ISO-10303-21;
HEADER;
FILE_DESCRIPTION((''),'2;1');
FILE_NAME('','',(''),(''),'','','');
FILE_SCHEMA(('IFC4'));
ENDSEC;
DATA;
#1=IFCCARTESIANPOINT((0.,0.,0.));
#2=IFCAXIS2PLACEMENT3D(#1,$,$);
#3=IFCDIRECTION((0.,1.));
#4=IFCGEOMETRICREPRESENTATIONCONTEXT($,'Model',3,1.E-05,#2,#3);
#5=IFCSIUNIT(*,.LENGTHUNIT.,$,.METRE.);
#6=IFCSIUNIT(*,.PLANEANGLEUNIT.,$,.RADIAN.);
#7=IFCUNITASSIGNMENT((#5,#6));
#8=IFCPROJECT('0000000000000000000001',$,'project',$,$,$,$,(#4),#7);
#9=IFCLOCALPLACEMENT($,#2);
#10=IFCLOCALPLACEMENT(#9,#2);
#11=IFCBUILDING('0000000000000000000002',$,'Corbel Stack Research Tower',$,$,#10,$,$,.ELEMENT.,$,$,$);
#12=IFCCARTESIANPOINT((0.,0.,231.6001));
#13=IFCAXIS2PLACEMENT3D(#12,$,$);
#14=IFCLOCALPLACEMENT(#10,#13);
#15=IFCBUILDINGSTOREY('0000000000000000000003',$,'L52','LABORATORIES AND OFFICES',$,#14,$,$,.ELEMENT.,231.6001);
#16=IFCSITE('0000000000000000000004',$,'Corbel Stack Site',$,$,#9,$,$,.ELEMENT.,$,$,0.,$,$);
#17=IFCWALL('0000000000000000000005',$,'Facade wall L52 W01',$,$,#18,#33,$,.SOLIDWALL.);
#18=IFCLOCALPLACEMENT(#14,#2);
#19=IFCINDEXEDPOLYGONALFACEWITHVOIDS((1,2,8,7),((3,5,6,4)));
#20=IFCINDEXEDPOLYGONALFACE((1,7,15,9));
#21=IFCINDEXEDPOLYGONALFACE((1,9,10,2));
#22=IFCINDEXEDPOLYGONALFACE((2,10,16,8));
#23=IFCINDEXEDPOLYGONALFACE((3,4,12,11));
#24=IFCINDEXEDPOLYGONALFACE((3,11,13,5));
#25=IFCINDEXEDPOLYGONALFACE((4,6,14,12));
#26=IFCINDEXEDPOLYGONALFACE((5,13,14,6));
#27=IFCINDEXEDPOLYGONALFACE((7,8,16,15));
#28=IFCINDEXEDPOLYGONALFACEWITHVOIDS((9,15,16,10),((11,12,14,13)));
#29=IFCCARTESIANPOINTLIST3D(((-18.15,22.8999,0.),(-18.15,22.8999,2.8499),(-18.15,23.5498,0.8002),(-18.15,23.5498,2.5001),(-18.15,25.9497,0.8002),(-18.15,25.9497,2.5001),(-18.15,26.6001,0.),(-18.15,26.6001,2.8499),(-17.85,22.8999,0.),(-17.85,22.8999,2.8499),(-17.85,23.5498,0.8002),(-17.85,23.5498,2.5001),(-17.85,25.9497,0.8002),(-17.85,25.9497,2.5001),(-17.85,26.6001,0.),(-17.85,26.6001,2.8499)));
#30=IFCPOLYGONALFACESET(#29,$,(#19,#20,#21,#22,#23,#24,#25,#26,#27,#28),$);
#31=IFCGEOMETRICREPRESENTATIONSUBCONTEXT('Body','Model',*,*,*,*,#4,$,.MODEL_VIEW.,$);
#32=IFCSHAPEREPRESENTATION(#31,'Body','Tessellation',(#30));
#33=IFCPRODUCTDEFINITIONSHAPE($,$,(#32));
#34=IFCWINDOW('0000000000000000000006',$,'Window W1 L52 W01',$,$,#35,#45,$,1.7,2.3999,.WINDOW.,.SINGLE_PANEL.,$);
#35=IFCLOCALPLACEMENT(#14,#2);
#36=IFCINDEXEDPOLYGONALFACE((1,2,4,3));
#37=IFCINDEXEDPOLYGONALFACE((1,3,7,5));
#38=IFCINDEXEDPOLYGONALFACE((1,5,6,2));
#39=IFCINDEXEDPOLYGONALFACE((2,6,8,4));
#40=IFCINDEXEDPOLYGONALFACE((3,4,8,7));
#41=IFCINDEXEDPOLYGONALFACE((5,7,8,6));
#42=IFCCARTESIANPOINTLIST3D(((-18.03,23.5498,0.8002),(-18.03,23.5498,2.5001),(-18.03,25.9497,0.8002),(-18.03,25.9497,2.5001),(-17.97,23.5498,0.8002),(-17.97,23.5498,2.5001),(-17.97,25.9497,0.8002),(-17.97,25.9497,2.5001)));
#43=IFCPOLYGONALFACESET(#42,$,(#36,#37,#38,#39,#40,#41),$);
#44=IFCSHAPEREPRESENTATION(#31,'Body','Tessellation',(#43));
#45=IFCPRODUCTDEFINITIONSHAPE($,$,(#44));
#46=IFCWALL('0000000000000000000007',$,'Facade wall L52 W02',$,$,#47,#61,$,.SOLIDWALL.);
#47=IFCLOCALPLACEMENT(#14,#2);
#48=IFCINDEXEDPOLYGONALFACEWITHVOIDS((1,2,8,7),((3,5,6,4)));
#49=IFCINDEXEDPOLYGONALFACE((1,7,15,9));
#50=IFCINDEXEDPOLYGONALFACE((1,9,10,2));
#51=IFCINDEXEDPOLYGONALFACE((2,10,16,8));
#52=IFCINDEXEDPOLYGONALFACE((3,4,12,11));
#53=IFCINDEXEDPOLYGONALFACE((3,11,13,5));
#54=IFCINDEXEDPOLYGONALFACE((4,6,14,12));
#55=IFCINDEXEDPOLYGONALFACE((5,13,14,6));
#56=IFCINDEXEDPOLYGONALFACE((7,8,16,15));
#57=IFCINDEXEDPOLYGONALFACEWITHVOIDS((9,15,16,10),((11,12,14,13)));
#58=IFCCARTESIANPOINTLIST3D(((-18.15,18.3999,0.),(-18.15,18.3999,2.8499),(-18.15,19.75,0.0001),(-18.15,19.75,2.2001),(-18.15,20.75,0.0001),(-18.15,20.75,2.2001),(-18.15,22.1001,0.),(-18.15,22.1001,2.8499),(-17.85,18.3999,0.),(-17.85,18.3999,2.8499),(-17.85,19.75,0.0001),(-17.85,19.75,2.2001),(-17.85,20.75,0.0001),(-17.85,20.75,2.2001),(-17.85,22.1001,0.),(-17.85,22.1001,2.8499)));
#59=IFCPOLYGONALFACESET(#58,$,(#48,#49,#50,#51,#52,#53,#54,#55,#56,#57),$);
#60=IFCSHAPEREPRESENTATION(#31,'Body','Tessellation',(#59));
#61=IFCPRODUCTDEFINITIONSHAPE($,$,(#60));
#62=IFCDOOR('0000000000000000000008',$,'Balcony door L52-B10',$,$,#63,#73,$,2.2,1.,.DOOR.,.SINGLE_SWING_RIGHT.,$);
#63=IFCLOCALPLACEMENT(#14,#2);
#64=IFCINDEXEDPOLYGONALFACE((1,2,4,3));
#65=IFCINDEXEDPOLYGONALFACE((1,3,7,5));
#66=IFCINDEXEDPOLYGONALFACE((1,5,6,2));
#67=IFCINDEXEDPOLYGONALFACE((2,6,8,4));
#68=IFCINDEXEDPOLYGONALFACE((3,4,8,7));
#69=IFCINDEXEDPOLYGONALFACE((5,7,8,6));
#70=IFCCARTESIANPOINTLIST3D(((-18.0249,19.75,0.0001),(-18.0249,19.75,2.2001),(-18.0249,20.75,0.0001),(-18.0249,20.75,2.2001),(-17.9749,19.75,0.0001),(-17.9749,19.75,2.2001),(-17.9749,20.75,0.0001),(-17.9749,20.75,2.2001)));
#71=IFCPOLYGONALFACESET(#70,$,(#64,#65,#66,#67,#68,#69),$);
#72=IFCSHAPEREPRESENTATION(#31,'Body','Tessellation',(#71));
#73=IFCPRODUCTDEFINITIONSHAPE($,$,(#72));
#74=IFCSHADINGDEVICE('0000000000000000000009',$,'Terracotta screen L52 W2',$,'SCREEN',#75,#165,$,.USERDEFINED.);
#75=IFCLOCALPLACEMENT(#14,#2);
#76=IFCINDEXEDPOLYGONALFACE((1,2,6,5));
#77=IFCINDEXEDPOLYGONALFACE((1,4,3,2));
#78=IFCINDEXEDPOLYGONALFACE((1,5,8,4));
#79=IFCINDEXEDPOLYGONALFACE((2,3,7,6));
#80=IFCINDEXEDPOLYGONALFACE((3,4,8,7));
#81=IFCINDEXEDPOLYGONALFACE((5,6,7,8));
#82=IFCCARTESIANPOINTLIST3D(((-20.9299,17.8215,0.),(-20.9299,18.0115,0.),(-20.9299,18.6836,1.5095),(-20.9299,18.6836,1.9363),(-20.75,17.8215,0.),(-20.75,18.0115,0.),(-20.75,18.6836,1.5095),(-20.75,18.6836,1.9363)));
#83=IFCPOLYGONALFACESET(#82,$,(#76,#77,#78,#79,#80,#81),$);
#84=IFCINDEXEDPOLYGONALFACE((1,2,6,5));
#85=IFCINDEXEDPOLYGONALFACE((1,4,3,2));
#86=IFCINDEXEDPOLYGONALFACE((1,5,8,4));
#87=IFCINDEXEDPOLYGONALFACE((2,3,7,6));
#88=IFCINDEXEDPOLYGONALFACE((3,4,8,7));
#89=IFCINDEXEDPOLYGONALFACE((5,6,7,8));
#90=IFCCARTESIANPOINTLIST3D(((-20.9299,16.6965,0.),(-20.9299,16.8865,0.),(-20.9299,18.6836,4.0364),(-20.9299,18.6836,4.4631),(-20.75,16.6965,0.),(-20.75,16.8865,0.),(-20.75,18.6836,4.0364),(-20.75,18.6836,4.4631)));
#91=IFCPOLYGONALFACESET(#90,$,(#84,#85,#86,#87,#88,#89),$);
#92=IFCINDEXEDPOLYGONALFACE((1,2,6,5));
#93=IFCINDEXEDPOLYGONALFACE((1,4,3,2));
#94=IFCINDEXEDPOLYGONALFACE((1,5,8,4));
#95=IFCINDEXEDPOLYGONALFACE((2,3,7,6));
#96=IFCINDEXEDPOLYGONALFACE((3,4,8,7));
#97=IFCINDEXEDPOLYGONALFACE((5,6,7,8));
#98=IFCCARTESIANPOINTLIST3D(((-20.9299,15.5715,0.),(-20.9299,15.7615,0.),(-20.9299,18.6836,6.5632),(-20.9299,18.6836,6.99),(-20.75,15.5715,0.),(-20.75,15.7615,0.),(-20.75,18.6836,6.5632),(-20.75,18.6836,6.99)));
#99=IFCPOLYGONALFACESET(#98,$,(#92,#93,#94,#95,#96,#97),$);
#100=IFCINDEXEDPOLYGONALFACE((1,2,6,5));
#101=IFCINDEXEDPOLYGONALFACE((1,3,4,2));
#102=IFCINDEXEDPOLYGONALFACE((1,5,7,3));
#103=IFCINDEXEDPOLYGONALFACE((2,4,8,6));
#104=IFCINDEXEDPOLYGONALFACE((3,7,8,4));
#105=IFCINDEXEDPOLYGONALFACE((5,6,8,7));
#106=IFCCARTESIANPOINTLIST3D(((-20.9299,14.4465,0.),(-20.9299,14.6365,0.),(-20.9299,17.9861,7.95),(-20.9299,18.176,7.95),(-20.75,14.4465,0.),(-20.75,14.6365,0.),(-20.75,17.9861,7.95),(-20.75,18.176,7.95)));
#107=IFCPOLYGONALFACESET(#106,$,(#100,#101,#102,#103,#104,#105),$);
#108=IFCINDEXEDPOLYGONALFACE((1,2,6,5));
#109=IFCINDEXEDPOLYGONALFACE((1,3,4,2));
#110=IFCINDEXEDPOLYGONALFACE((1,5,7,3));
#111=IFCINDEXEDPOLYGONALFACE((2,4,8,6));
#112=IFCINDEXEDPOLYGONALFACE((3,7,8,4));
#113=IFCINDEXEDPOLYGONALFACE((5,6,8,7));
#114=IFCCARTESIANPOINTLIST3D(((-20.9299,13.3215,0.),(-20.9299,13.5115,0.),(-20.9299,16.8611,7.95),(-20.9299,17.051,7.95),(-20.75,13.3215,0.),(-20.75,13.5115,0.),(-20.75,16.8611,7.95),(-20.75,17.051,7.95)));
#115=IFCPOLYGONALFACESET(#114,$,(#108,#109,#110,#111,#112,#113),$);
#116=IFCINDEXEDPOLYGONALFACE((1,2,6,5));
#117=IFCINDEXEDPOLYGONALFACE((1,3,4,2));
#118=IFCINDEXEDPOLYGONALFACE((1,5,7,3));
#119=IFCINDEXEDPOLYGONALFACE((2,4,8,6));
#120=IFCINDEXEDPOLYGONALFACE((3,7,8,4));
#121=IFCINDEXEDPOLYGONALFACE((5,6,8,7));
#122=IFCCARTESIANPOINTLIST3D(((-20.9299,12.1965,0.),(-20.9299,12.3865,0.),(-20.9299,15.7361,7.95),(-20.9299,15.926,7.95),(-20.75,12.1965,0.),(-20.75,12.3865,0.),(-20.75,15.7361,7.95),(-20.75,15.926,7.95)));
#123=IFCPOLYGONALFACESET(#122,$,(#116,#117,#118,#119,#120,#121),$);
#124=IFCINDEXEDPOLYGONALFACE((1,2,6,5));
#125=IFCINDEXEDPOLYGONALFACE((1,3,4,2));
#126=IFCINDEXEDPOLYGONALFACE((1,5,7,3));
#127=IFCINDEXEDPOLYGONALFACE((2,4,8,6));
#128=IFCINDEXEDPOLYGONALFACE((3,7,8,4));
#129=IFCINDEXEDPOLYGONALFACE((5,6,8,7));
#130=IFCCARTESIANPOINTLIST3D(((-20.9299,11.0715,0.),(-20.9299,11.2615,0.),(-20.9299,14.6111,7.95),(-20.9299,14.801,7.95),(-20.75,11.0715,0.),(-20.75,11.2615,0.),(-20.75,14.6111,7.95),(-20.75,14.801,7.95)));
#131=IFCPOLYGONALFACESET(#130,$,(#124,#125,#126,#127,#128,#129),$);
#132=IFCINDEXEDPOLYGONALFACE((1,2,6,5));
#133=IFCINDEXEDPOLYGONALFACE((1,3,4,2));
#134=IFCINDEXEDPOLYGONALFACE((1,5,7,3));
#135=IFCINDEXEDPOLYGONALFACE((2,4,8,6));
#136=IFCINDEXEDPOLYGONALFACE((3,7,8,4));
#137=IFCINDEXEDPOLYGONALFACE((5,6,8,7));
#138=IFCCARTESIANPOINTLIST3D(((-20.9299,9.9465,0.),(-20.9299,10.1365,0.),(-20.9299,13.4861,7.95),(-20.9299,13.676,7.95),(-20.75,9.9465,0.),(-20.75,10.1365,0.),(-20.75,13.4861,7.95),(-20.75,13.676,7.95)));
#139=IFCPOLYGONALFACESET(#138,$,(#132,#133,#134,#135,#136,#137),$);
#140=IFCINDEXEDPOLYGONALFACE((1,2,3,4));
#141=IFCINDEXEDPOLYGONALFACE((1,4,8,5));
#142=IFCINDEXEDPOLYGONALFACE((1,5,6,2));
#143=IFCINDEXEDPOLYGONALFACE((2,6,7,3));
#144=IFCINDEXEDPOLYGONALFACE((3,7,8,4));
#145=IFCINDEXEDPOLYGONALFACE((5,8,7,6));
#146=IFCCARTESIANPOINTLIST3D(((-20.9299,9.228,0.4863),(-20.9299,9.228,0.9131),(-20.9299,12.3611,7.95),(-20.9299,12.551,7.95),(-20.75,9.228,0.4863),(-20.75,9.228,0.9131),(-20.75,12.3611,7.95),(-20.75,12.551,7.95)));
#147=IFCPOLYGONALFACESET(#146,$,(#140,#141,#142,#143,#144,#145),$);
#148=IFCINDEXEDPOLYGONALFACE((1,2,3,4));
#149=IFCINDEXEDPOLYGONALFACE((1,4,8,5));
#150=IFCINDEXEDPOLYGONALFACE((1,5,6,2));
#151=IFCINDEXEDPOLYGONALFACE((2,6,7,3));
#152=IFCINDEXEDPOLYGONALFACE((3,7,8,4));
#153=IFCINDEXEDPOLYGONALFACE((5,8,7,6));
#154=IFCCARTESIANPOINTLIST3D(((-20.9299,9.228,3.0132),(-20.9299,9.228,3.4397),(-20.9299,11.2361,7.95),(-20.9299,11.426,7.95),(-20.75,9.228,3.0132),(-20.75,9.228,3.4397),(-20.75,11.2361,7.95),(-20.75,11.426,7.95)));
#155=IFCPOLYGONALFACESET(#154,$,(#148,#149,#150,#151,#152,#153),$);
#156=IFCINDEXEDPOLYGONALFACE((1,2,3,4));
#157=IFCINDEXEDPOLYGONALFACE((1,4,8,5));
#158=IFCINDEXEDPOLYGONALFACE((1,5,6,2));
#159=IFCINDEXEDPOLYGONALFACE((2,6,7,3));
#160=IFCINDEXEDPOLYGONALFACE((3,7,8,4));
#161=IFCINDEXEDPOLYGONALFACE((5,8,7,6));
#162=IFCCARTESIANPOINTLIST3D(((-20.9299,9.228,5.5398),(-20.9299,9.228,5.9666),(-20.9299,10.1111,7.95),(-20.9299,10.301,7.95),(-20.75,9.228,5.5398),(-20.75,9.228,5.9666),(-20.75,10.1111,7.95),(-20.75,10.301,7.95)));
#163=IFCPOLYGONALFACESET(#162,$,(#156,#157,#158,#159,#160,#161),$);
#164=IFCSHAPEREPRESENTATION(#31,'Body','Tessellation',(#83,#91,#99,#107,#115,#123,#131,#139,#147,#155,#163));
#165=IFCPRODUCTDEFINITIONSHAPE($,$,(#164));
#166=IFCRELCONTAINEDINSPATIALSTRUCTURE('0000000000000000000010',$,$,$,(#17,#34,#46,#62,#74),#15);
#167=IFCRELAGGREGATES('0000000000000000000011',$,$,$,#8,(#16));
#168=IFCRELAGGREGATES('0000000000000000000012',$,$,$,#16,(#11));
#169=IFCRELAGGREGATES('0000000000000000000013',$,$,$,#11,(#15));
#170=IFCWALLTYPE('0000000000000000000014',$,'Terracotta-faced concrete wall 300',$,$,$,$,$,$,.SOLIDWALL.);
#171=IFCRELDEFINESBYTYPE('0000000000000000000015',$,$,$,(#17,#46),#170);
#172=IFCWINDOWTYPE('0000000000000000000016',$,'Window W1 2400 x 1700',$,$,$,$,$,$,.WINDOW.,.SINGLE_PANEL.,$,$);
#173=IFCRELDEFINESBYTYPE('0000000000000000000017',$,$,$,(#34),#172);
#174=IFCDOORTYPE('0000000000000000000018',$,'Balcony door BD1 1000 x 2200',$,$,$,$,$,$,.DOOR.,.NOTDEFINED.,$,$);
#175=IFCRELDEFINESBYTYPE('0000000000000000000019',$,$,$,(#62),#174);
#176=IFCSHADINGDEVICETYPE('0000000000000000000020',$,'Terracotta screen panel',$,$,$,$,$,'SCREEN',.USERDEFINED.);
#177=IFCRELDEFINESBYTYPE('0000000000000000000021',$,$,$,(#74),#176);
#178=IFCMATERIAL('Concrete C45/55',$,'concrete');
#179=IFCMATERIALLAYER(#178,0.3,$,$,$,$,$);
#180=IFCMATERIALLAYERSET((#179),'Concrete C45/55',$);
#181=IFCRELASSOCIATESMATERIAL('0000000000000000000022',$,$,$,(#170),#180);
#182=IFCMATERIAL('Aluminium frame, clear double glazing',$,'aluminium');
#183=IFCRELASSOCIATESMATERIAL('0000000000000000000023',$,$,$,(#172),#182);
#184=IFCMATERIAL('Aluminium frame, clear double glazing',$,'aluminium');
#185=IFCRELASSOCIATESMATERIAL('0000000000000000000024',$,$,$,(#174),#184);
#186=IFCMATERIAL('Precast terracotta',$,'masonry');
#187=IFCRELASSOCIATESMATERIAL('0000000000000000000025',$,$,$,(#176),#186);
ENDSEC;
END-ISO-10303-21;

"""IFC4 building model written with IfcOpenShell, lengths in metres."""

from ifc_helpers import new_model, si_unit, direction, frame, frame_2d, origin, place, context, subcontext, project, spatial, polyline, rectangle, outline, extrude, source, transform, mapped, material, layer, layer_set, type_object, element, fill, save


model = new_model("IFC4")

# Units and contexts
model_context = context("Model", 3, precision=1e-05, world=origin(), true_north=direction((0.0, 1.0)))
body_context = subcontext(model_context, "Body", "Model", "MODEL_VIEW")
ifc_project = project(units=[si_unit("LENGTHUNIT", "METRE"), si_unit("PLANEANGLEUNIT", "RADIAN")], contexts=[model_context])

# Site, building, storey
site_placement = place(None, origin())
site = spatial("IfcSite", under=ifc_project, at=site_placement, Name="Corbel Stack Site", CompositionType="ELEMENT", RefElevation=0.0)
building_placement = place(site_placement, origin())
building = spatial("IfcBuilding", under=site, at=building_placement, Name="Corbel Stack Research Tower", CompositionType="ELEMENT")
storey_placement = place(building_placement, frame((0.0, 0.0, 231.6001)))
storey = spatial("IfcBuildingStorey", under=building, at=storey_placement, Name="L52", Description="LABORATORIES AND OFFICES", CompositionType="ELEMENT", Elevation=231.6001)

# Shared definitions
ifc_material_1 = material(Name="Concrete C45/55", Category="concrete")
ifc_layer_1 = layer(ifc_material_1, 0.3)
ifc_layer_set_1 = layer_set([ifc_layer_1], Name="Concrete C45/55")
wall_type_1 = type_object("IfcWallType", Name="Terracotta-faced concrete wall 300", PredefinedType="SOLIDWALL", material=ifc_layer_set_1)

# Wall, opening, window
wall_1_placement = place(storey_placement, frame((-18.0, 22.8999, 0.0), z_axis=(0.0, 0.0, 1.0), x_axis=(0.0, 1.0, 0.0)))
wall_1 = element("IfcWall", 1, at=wall_1_placement, inside=storey, type_object=wall_type_1, Name="Facade wall L52 W01", PredefinedType="SOLIDWALL", context=body_context, shape_type="SweptSolid", body=[
    extrude(rectangle(XDim=3.7002, YDim=0.3, at=frame_2d((1.8501, 0.0))), origin(), (0.0, 0.0, 1.0), 2.8499),
])
opening_1_placement = place(wall_1_placement, frame((0.6499, 0.0, 0.8)))
opening_1 = element("IfcOpeningElement", 2, at=opening_1_placement, cuts=wall_1, PredefinedType="OPENING", context=body_context, shape_type="SweptSolid", body=[
    extrude(rectangle(XDim=2.3999, YDim=1.7, at=frame_2d((1.2, 0.8501))), frame((0.0, 0.1599, 0.0), z_axis=(0.0, -1.0, 0.0), x_axis=(1.0, 0.0, 0.0)), (0.0, 0.0, 1.0), 0.3201),
])
ifc_material_2 = material(Name="Aluminium frame, clear double glazing", Category="aluminium")
window_type = type_object("IfcWindowType", Name="Window W1 2400 x 1700", PartitioningType="SINGLE_PANEL", PredefinedType="WINDOW", material=ifc_material_2)
window_placement = place(opening_1_placement, origin())
window = element("IfcWindow", 3, at=window_placement, inside=storey, type_object=window_type, Name="Window W1 L52 W01", OverallHeight=1.7, OverallWidth=2.3999, PartitioningType="SINGLE_PANEL", PredefinedType="WINDOW", context=body_context, shape_type="SweptSolid", body=[
    extrude(rectangle(XDim=2.3999, YDim=1.7, at=frame_2d((1.2, 0.8501))), frame((0.0, 0.03, 0.0), z_axis=(0.0, -1.0, 0.0), x_axis=(1.0, 0.0, 0.0)), (0.0, 0.0, 1.0), 0.0601),
])
fill(opening_1, window)

# Wall, opening, door
wall_2_placement = place(storey_placement, frame((-18.0, 18.3999, 0.0), z_axis=(0.0, 0.0, 1.0), x_axis=(0.0, 1.0, 0.0)))
wall_2 = element("IfcWall", 4, at=wall_2_placement, inside=storey, type_object=wall_type_1, Name="Facade wall L52 W02", PredefinedType="SOLIDWALL", context=body_context, shape_type="SweptSolid", body=[
    extrude(rectangle(XDim=3.7002, YDim=0.3, at=frame_2d((1.8501, 0.0))), origin(), (0.0, 0.0, 1.0), 2.8499),
])
opening_2_placement = place(wall_2_placement, frame((1.3501, 0.0, 0.0)))
opening_2 = element("IfcOpeningElement", 5, at=opening_2_placement, cuts=wall_2, PredefinedType="OPENING", context=body_context, shape_type="SweptSolid", body=[
    extrude(rectangle(XDim=1.0, YDim=2.2, at=frame_2d((0.5, 1.1001))), frame((0.0, 0.1599, 0.0), z_axis=(0.0, -1.0, 0.0), x_axis=(1.0, 0.0, 0.0)), (0.0, 0.0, 1.0), 0.3201),
])
ifc_material_3 = material(Name="Aluminium frame, clear double glazing", Category="aluminium")
door_type_1 = type_object("IfcDoorType", Name="Balcony door BD1 1000 x 2200", OperationType="NOTDEFINED", PredefinedType="DOOR", material=ifc_material_3)
door_1_placement = place(opening_2_placement, origin())
door_1 = element("IfcDoor", 6, at=door_1_placement, inside=storey, type_object=door_type_1, Name="Balcony door L52-B10", OperationType="SINGLE_SWING_RIGHT", OverallHeight=2.2, OverallWidth=1.0, PredefinedType="DOOR", context=body_context, shape_type="SweptSolid", body=[
    extrude(rectangle(XDim=1.0, YDim=2.2, at=frame_2d((0.5, 1.1001))), frame((0.0, 0.0249, 0.0), z_axis=(0.0, -1.0, 0.0), x_axis=(1.0, 0.0, 0.0)), (0.0, 0.0, 1.0), 0.05),
])
fill(opening_2, door_1)

# Shading device
ifc_material_4 = material(Name="Precast terracotta", Category="masonry")
shading_device_type = type_object("IfcShadingDeviceType", Name="Terracotta screen panel", ElementType="SCREEN", PredefinedType="USERDEFINED", material=ifc_material_4)
shared_shape_1 = source(origin(), body_context, "Body", "SweptSolid", [
    extrude(outline(polyline([(0.8621, 0.0), (0.0, 1.9363), (0.0, 1.5095), (0.6721, 0.0), (0.8621, 0.0)])), frame((0.0, 0.0, 0.0), z_axis=(0.0, -1.0, 0.0), x_axis=(1.0, 0.0, 0.0)), (0.0, 0.0, 1.0), 0.1799),
    extrude(outline(polyline([(1.9871, 0.0), (0.0, 4.4631), (0.0, 4.0364), (1.7971, 0.0), (1.9871, 0.0)])), frame((0.0, 0.0, 0.0), z_axis=(0.0, -1.0, 0.0), x_axis=(1.0, 0.0, 0.0)), (0.0, 0.0, 1.0), 0.1799),
    extrude(outline(polyline([(3.1121, 0.0), (0.0, 6.99), (0.0, 6.5632), (2.9221, 0.0), (3.1121, 0.0)])), frame((0.0, 0.0, 0.0), z_axis=(0.0, -1.0, 0.0), x_axis=(1.0, 0.0, 0.0)), (0.0, 0.0, 1.0), 0.1799),
    extrude(outline(polyline([(4.2371, 0.0), (0.6975, 7.95), (0.5076, 7.95), (4.0471, 0.0), (4.2371, 0.0)])), frame((0.0, 0.0, 0.0), z_axis=(0.0, -1.0, 0.0), x_axis=(1.0, 0.0, 0.0)), (0.0, 0.0, 1.0), 0.1799),
    extrude(outline(polyline([(5.3621, 0.0), (1.8225, 7.95), (1.6326, 7.95), (5.1721, 0.0), (5.3621, 0.0)])), frame((0.0, 0.0, 0.0), z_axis=(0.0, -1.0, 0.0), x_axis=(1.0, 0.0, 0.0)), (0.0, 0.0, 1.0), 0.1799),
    extrude(outline(polyline([(6.4871, 0.0), (2.9475, 7.95), (2.7576, 7.95), (6.2971, 0.0), (6.4871, 0.0)])), frame((0.0, 0.0, 0.0), z_axis=(0.0, -1.0, 0.0), x_axis=(1.0, 0.0, 0.0)), (0.0, 0.0, 1.0), 0.1799),
    extrude(outline(polyline([(7.6121, 0.0), (4.0725, 7.95), (3.8826, 7.95), (7.4221, 0.0), (7.6121, 0.0)])), frame((0.0, 0.0, 0.0), z_axis=(0.0, -1.0, 0.0), x_axis=(1.0, 0.0, 0.0)), (0.0, 0.0, 1.0), 0.1799),
    extrude(outline(polyline([(8.7371, 0.0), (5.1975, 7.95), (5.0076, 7.95), (8.5471, 0.0), (8.7371, 0.0)])), frame((0.0, 0.0, 0.0), z_axis=(0.0, -1.0, 0.0), x_axis=(1.0, 0.0, 0.0)), (0.0, 0.0, 1.0), 0.1799),
    extrude(outline(polyline([(6.3225, 7.95), (6.1326, 7.95), (9.4556, 0.4863), (9.4556, 0.9131), (6.3225, 7.95)])), frame((0.0, 0.0, 0.0), z_axis=(0.0, -1.0, 0.0), x_axis=(1.0, 0.0, 0.0)), (0.0, 0.0, 1.0), 0.1799),
    extrude(outline(polyline([(7.4475, 7.95), (7.2576, 7.95), (9.4556, 3.0132), (9.4556, 3.4397), (7.4475, 7.95)])), frame((0.0, 0.0, 0.0), z_axis=(0.0, -1.0, 0.0), x_axis=(1.0, 0.0, 0.0)), (0.0, 0.0, 1.0), 0.1799),
    extrude(outline(polyline([(8.5725, 7.95), (8.3826, 7.95), (9.4556, 5.5398), (9.4556, 5.9666), (8.5725, 7.95)])), frame((0.0, 0.0, 0.0), z_axis=(0.0, -1.0, 0.0), x_axis=(1.0, 0.0, 0.0)), (0.0, 0.0, 1.0), 0.1799),
])
shading_device_1_placement = place(storey_placement, frame((-20.75, 18.6836, 0.0), z_axis=(0.0, 0.0, 1.0), x_axis=(0.0, -1.0, 0.0)))
element("IfcShadingDevice", 7, at=shading_device_1_placement, inside=storey, type_object=shading_device_type, Name="Terracotta screen L52 W2", ObjectType="SCREEN", PredefinedType="USERDEFINED", context=body_context, shape_type="MappedRepresentation", body=[
    mapped(shared_shape_1, transform((0.0, 0.0, 0.0))),
])

save(model, "model.ifc")
